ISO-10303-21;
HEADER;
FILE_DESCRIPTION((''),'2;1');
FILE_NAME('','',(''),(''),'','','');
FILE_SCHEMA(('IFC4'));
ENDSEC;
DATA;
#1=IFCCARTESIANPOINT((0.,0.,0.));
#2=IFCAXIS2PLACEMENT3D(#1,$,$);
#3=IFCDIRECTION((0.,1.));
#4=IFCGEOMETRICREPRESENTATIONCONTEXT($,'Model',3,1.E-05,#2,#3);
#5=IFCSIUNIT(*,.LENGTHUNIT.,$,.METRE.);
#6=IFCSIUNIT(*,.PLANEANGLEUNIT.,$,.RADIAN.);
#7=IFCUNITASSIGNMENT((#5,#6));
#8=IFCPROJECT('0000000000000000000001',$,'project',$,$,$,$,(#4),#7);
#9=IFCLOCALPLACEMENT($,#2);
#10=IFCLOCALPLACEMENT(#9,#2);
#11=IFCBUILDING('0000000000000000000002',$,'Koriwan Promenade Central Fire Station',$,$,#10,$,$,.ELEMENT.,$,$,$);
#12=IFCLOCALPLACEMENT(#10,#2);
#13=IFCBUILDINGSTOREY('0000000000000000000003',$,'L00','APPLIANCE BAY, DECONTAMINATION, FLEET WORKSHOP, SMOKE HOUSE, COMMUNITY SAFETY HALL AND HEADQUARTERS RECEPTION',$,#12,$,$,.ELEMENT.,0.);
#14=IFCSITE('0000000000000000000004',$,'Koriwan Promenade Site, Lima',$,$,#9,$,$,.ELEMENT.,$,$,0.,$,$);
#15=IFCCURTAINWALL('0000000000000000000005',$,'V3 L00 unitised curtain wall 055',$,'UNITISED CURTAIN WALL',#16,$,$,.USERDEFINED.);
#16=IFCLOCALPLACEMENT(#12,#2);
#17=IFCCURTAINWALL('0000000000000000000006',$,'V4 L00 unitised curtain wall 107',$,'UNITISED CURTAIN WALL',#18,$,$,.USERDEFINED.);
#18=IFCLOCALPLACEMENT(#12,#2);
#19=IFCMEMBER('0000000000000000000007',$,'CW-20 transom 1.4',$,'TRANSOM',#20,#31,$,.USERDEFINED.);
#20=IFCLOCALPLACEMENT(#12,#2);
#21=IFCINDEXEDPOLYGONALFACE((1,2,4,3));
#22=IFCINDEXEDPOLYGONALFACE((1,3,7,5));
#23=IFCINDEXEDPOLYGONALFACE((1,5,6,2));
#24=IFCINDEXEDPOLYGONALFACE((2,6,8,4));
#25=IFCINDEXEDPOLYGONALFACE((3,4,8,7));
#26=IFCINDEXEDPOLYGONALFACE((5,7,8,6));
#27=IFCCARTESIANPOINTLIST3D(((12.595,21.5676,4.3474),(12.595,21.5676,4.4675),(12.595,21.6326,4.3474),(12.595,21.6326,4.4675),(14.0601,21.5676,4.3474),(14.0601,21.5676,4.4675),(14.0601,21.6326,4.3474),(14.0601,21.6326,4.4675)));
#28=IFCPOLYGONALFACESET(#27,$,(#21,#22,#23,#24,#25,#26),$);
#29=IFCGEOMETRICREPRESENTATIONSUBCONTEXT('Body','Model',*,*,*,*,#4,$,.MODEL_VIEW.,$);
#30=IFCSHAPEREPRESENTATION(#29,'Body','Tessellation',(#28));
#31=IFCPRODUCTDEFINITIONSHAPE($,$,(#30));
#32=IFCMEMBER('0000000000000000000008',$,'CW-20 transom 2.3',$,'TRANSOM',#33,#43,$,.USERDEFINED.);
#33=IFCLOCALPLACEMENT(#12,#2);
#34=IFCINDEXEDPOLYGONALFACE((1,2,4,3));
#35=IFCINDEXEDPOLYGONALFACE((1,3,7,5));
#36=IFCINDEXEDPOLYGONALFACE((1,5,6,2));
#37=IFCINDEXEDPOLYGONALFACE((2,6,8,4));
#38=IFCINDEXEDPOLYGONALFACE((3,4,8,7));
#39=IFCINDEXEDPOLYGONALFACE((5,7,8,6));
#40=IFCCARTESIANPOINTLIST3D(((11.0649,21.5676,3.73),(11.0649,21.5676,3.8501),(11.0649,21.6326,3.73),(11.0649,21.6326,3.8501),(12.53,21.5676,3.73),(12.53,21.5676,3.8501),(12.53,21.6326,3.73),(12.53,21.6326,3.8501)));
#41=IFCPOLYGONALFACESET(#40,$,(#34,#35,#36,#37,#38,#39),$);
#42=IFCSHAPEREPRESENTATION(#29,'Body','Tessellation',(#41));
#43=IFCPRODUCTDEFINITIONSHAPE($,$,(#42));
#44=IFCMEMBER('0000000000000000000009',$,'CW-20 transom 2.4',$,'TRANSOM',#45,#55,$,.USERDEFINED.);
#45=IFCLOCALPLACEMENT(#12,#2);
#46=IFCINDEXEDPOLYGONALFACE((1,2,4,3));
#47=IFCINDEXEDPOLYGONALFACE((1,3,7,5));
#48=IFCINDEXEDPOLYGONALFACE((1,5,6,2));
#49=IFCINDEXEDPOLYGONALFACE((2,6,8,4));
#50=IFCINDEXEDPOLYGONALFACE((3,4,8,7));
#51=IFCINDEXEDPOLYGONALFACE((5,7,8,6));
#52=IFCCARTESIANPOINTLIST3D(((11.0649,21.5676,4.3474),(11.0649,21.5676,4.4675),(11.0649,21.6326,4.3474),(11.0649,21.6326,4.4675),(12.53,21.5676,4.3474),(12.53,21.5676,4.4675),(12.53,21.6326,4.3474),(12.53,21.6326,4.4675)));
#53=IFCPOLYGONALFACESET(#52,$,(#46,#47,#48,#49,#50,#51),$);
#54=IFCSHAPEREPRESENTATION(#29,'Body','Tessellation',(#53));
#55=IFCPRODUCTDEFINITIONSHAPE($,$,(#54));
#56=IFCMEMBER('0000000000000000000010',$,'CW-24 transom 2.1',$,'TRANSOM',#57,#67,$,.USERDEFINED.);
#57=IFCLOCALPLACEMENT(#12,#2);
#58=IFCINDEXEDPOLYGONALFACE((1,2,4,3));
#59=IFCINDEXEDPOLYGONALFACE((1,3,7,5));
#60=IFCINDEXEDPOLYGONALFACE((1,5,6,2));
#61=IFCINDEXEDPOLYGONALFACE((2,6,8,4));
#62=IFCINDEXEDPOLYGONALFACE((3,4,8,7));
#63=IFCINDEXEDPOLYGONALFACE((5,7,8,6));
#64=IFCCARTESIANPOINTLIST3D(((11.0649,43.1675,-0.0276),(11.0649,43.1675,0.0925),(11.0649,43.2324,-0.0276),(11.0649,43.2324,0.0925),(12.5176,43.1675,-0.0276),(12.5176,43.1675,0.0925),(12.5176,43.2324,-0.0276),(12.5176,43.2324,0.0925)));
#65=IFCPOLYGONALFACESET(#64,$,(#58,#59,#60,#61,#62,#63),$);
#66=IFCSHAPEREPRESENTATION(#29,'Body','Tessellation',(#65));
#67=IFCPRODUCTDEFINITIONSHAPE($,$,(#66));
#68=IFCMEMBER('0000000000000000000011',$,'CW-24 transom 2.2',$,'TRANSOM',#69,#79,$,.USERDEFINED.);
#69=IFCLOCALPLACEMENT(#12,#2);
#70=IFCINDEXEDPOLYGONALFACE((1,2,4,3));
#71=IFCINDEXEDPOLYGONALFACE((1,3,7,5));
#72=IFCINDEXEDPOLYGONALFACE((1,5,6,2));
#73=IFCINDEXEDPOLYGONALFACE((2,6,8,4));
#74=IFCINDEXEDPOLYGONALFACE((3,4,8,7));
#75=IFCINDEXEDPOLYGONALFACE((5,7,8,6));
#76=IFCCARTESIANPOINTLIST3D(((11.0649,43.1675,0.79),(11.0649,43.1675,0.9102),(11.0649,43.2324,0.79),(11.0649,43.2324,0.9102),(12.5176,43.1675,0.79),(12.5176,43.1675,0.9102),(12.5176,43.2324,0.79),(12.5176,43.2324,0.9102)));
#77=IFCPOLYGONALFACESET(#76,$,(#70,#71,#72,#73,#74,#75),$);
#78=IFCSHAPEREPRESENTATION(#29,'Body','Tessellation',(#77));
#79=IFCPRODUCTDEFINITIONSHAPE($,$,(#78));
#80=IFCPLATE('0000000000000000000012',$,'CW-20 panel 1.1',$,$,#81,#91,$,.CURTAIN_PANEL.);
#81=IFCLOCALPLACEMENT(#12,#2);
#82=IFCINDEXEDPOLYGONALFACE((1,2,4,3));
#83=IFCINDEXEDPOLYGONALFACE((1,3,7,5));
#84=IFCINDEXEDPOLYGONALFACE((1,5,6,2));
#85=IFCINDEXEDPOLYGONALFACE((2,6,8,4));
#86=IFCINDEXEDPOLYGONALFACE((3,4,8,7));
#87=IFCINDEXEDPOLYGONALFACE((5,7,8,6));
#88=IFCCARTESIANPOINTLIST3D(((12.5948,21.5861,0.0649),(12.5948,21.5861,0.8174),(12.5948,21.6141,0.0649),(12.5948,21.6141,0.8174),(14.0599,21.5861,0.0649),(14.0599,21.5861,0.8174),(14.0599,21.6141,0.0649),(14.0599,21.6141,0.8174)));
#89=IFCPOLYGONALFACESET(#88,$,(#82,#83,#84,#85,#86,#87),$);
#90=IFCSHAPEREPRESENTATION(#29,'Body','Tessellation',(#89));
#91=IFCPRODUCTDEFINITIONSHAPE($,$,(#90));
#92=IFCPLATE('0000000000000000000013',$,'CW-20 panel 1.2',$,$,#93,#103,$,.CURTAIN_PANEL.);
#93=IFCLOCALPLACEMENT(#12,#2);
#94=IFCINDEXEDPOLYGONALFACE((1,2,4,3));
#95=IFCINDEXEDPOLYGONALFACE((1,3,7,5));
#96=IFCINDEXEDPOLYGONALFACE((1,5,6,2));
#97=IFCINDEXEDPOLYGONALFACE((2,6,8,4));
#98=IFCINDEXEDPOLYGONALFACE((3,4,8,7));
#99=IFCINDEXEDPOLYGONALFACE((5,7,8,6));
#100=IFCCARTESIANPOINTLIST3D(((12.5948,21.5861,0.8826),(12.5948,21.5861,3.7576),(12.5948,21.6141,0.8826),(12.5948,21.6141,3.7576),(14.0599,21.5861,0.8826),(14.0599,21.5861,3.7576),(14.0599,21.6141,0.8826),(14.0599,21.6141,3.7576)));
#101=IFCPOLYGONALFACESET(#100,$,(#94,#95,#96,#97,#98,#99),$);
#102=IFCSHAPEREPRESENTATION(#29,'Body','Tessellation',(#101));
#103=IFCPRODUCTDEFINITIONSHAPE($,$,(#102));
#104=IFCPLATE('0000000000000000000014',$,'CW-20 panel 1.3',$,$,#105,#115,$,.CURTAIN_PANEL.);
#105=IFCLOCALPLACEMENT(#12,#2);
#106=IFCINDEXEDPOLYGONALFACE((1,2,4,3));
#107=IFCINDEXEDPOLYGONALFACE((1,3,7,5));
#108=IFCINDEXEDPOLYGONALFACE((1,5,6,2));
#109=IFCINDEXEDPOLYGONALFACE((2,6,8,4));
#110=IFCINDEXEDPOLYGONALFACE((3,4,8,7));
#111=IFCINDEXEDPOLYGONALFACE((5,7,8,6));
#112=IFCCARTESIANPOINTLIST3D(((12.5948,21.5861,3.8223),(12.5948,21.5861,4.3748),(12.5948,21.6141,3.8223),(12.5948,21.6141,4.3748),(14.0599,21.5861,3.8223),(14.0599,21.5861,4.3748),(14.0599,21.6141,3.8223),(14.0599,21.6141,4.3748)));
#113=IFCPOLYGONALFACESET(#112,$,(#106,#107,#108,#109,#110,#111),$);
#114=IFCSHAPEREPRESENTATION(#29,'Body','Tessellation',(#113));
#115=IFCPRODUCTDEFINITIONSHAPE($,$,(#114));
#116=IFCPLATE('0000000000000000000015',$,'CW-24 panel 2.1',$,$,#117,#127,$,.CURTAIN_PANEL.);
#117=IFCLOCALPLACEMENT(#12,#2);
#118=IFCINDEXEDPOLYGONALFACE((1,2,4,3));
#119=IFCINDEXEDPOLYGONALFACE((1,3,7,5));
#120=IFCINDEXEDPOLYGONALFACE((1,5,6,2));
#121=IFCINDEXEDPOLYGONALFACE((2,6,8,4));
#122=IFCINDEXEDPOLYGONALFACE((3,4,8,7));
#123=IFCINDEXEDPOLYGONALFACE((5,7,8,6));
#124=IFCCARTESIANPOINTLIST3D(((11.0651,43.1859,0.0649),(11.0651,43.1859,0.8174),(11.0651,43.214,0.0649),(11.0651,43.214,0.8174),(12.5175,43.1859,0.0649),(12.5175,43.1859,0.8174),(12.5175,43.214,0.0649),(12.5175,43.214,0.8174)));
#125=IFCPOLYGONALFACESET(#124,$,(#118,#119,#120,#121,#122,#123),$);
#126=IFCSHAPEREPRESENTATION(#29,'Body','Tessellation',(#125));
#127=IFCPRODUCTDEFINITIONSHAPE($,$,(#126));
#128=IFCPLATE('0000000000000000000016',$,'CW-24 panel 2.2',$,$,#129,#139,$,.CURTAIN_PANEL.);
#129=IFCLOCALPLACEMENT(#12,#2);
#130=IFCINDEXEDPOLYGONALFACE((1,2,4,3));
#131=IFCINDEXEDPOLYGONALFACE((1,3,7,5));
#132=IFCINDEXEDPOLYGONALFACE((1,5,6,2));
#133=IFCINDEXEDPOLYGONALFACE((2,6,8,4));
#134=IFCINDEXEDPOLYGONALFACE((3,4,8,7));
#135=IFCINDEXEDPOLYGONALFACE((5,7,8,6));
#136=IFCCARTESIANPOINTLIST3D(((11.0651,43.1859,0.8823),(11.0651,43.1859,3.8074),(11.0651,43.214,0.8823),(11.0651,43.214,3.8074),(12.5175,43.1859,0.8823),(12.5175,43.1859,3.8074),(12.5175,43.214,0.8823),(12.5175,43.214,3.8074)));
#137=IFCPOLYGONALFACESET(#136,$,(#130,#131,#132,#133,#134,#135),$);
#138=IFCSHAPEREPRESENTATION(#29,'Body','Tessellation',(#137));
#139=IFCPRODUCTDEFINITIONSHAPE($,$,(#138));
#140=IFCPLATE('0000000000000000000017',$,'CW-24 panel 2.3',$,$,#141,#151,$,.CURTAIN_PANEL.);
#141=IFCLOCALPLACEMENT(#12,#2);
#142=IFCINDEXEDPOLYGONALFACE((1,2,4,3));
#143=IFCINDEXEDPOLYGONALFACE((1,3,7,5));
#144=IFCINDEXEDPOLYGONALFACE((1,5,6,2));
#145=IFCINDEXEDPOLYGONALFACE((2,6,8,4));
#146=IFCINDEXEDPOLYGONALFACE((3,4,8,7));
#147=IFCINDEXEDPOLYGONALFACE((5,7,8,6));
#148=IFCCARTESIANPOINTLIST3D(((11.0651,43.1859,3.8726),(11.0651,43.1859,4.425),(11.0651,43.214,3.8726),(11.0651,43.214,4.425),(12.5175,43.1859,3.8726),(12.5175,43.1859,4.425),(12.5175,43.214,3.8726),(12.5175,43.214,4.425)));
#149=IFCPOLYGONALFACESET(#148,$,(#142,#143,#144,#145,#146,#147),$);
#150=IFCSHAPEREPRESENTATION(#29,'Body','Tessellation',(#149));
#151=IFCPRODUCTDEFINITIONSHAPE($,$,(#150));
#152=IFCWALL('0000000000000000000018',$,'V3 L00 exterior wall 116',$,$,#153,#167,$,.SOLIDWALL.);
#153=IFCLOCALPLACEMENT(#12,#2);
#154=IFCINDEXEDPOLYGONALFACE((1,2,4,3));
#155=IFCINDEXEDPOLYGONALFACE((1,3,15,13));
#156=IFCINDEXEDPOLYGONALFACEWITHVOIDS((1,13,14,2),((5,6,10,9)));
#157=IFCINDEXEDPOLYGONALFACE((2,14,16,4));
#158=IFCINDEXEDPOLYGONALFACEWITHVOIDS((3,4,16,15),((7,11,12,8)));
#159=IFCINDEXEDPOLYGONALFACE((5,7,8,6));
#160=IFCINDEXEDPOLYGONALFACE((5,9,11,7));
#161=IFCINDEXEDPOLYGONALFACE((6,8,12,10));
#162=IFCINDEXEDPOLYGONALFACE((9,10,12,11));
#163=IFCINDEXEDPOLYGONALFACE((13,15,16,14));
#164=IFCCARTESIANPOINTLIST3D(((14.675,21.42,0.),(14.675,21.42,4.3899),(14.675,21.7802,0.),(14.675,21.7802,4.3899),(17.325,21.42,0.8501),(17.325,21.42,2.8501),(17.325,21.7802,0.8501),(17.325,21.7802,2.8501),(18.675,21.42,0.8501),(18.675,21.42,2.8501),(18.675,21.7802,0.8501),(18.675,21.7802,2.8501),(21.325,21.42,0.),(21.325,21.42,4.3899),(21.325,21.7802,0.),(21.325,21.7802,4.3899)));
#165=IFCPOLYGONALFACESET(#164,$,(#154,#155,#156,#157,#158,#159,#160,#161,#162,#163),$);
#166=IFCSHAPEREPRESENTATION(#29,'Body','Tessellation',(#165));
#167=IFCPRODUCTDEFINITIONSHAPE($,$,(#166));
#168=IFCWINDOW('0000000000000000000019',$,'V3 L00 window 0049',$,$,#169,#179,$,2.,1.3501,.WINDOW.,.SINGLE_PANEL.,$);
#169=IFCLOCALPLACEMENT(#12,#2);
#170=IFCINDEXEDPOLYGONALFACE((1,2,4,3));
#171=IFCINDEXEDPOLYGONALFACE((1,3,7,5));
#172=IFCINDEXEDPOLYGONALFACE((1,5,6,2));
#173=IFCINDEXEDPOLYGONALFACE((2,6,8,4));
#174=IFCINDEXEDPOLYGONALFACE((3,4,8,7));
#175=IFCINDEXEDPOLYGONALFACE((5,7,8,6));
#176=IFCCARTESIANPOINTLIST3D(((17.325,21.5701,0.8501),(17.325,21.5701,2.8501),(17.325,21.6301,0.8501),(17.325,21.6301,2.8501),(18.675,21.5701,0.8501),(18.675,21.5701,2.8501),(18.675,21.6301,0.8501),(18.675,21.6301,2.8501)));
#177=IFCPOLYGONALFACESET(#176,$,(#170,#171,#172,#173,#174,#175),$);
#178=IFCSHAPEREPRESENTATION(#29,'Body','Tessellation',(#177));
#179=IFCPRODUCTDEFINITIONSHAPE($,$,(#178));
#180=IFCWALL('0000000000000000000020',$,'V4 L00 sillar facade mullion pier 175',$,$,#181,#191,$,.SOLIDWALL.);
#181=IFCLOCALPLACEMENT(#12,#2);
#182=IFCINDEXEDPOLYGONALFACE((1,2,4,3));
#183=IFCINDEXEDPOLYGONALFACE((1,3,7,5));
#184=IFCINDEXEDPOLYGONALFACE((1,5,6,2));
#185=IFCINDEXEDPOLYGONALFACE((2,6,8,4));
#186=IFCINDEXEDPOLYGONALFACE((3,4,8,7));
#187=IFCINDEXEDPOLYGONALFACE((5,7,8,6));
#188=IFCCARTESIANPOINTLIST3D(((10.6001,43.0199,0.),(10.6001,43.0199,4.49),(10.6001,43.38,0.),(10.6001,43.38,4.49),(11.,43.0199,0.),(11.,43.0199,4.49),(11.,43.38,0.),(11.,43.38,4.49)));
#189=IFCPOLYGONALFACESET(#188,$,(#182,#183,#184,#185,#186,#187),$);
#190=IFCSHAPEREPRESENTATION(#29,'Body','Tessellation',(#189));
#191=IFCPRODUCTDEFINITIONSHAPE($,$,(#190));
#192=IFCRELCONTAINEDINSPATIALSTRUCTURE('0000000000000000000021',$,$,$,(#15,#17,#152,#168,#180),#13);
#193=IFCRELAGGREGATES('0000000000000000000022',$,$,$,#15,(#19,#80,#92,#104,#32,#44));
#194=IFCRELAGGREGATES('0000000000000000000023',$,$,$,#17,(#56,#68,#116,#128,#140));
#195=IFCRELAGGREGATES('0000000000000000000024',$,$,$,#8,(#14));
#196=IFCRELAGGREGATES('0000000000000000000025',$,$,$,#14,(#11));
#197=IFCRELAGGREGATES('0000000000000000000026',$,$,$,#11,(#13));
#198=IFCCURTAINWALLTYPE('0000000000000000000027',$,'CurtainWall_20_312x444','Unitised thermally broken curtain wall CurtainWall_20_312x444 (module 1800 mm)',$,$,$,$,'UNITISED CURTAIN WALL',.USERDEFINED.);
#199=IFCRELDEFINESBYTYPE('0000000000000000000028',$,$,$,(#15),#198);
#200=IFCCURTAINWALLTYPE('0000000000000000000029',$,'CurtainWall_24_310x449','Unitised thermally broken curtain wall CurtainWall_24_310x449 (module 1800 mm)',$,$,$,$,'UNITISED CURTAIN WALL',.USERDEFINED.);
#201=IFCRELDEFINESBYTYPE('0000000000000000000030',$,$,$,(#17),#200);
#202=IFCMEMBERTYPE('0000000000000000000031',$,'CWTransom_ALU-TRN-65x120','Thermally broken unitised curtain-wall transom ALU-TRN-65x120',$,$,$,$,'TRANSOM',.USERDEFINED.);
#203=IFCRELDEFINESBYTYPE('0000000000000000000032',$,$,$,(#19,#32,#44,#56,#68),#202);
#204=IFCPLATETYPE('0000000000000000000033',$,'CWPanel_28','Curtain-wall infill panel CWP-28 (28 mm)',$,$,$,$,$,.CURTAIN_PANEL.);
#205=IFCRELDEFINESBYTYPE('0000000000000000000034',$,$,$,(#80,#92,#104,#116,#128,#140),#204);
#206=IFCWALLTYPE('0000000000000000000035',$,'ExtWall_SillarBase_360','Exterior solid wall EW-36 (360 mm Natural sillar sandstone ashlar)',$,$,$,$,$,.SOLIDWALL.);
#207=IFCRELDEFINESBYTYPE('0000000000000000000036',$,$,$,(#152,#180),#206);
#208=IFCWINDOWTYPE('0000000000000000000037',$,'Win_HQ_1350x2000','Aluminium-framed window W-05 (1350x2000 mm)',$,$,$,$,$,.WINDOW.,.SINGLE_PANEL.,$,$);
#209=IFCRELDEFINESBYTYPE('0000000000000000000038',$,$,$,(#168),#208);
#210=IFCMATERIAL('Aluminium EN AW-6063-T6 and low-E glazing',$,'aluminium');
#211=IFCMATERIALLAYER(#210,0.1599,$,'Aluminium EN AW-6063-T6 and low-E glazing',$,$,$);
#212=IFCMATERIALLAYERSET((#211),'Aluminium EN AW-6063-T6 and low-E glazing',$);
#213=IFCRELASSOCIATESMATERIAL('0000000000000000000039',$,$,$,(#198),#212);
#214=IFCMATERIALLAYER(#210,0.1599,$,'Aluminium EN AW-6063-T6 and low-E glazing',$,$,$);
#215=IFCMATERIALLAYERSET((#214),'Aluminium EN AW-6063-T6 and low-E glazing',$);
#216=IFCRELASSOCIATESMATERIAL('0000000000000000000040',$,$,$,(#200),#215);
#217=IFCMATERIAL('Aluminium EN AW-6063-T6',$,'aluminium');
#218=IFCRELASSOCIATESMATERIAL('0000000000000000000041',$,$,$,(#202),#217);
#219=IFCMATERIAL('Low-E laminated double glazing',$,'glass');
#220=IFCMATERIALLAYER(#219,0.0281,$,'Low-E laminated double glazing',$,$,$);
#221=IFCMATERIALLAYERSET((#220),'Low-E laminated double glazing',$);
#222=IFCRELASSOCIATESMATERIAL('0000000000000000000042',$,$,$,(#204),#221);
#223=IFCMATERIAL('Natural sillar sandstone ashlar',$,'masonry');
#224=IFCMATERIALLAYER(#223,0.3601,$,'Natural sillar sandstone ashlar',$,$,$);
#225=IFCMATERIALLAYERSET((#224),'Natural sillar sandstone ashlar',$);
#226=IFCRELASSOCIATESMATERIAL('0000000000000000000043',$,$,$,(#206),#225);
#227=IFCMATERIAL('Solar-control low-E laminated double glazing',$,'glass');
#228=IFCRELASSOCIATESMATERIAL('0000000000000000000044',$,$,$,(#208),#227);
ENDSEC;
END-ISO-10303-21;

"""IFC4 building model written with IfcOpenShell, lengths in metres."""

from ifc_helpers import new_model, si_unit, direction, frame, frame_2d, origin, origin_2d, place, context, subcontext, project, spatial, rectangle, extrude, material, layer, layer_set, material_profile, profile_set, type_object, element, fill, aggregate, save


model = new_model("IFC4")

# Units and contexts
model_context = context("Model", 3, precision=1e-05, world=origin(), true_north=direction((0.0, 1.0)))
body_context = subcontext(model_context, "Body", "Model", "MODEL_VIEW")
ifc_project = project(units=[si_unit("LENGTHUNIT", "METRE"), si_unit("PLANEANGLEUNIT", "RADIAN")], contexts=[model_context])

# Site, building, storey
site_placement = place(None, origin())
site = spatial("IfcSite", under=ifc_project, at=site_placement, Name="Koriwan Promenade Site, Lima", CompositionType="ELEMENT", RefElevation=0.0)
building_placement = place(site_placement, origin())
building = spatial("IfcBuilding", under=site, at=building_placement, Name="Koriwan Promenade Central Fire Station", CompositionType="ELEMENT")
storey_placement = place(building_placement, origin())
storey = spatial("IfcBuildingStorey", under=building, at=storey_placement, Name="L00", Description="APPLIANCE BAY, DECONTAMINATION, FLEET WORKSHOP, SMOKE HOUSE, COMMUNITY SAFETY HALL AND HEADQUARTERS RECEPTION", CompositionType="ELEMENT", Elevation=0.0)

# Curtain wall
ifc_material_1 = material(Name="Aluminium EN AW-6063-T6 and low-E glazing", Category="aluminium")
ifc_layer_1 = layer(ifc_material_1, 0.1599, Name="Aluminium EN AW-6063-T6 and low-E glazing")
ifc_layer_set_1 = layer_set([ifc_layer_1], Name="Aluminium EN AW-6063-T6 and low-E glazing")
curtain_wall_type_1 = type_object("IfcCurtainWallType", Name="CurtainWall_20_312x444", Description="Unitised thermally broken curtain wall CurtainWall_20_312x444 (module 1800 mm)", ElementType="UNITISED CURTAIN WALL", PredefinedType="USERDEFINED", material=ifc_layer_set_1)
curtain_wall_1_placement = place(storey_placement, origin())
curtain_wall_1 = element("IfcCurtainWall", 1, at=curtain_wall_1_placement, inside=storey, type_object=curtain_wall_type_1, Name="V3 L00 unitised curtain wall 055", ObjectType="UNITISED CURTAIN WALL", PredefinedType="USERDEFINED")
ifc_material_2 = material(Name="Aluminium EN AW-6063-T6", Category="aluminium")

# Curtain wall
ifc_layer_2 = layer(ifc_material_1, 0.1599, Name="Aluminium EN AW-6063-T6 and low-E glazing")
ifc_layer_set_2 = layer_set([ifc_layer_2], Name="Aluminium EN AW-6063-T6 and low-E glazing")
curtain_wall_type_2 = type_object("IfcCurtainWallType", Name="CurtainWall_24_310x449", Description="Unitised thermally broken curtain wall CurtainWall_24_310x449 (module 1800 mm)", ElementType="UNITISED CURTAIN WALL", PredefinedType="USERDEFINED", material=ifc_layer_set_2)
curtain_wall_2_placement = place(storey_placement, origin())
curtain_wall_2 = element("IfcCurtainWall", 2, at=curtain_wall_2_placement, inside=storey, type_object=curtain_wall_type_2, Name="V4 L00 unitised curtain wall 107", ObjectType="UNITISED CURTAIN WALL", PredefinedType="USERDEFINED")

# Members
ifc_material_profile_1 = material_profile(ifc_material_2, rectangle(XDim=0.0649, YDim=0.1201, at=origin_2d()), Name="ALU-TRN-65x120")
ifc_profile_set_1 = profile_set([ifc_material_profile_1], Name="Aluminium EN AW-6063-T6")
member_type_1 = type_object("IfcMemberType", Name="CWTransom_ALU-TRN-65x120", Description="Thermally broken unitised curtain-wall transom ALU-TRN-65x120", ElementType="TRANSOM", PredefinedType="USERDEFINED", material=ifc_profile_set_1)
member_1_placement = place(storey_placement, frame((14.0601, 21.6001, 4.4075), z_axis=(-1.0, 0.0, 0.0), x_axis=(0.0, -1.0, 0.0)))
member_1 = element("IfcMember", 3, at=member_1_placement, type_object=member_type_1, Name="CW-20 transom 1.4", ObjectType="TRANSOM", PredefinedType="USERDEFINED", context=body_context, shape_type="SweptSolid", body=[
    extrude(rectangle(XDim=0.0649, YDim=0.1201, at=origin_2d()), origin(), (0.0, 0.0, 1.0), 1.4651),
])
member_2_placement = place(storey_placement, frame((12.53, 21.6001, 3.79), z_axis=(-1.0, 0.0, 0.0), x_axis=(0.0, -1.0, 0.0)))
member_2 = element("IfcMember", 4, at=member_2_placement, type_object=member_type_1, Name="CW-20 transom 2.3", ObjectType="TRANSOM", PredefinedType="USERDEFINED", context=body_context, shape_type="SweptSolid", body=[
    extrude(rectangle(XDim=0.0649, YDim=0.1201, at=origin_2d()), origin(), (0.0, 0.0, 1.0), 1.4651),
])
member_3_placement = place(storey_placement, frame((12.53, 21.6001, 4.4075), z_axis=(-1.0, 0.0, 0.0), x_axis=(0.0, -1.0, 0.0)))
member_3 = element("IfcMember", 5, at=member_3_placement, type_object=member_type_1, Name="CW-20 transom 2.4", ObjectType="TRANSOM", PredefinedType="USERDEFINED", context=body_context, shape_type="SweptSolid", body=[
    extrude(rectangle(XDim=0.0649, YDim=0.1201, at=origin_2d()), origin(), (0.0, 0.0, 1.0), 1.4651),
])
member_4_placement = place(storey_placement, frame((12.5176, 43.2, 0.0325), z_axis=(-1.0, 0.0, 0.0), x_axis=(0.0, -1.0, 0.0)))
member_4 = element("IfcMember", 6, at=member_4_placement, type_object=member_type_1, Name="CW-24 transom 2.1", ObjectType="TRANSOM", PredefinedType="USERDEFINED", context=body_context, shape_type="SweptSolid", body=[
    extrude(rectangle(XDim=0.0649, YDim=0.1201, at=origin_2d()), origin(), (0.0, 0.0, 1.0), 1.4526),
])
member_5_placement = place(storey_placement, frame((12.5176, 43.2, 0.8501), z_axis=(-1.0, 0.0, 0.0), x_axis=(0.0, -1.0, 0.0)))
member_5 = element("IfcMember", 7, at=member_5_placement, type_object=member_type_1, Name="CW-24 transom 2.2", ObjectType="TRANSOM", PredefinedType="USERDEFINED", context=body_context, shape_type="SweptSolid", body=[
    extrude(rectangle(XDim=0.0649, YDim=0.1201, at=origin_2d()), origin(), (0.0, 0.0, 1.0), 1.4526),
])

# Plates
ifc_material_3 = material(Name="Low-E laminated double glazing", Category="glass")
ifc_layer_3 = layer(ifc_material_3, 0.0281, Name="Low-E laminated double glazing")
ifc_layer_set_3 = layer_set([ifc_layer_3], Name="Low-E laminated double glazing")
plate_type = type_object("IfcPlateType", Name="CWPanel_28", Description="Curtain-wall infill panel CWP-28 (28 mm)", PredefinedType="CURTAIN_PANEL", material=ifc_layer_set_3)
plate_1_placement = place(storey_placement, frame((13.3274, 21.6001, 0.0649), z_axis=(0.0, 0.0, 1.0), x_axis=(-1.0, 0.0, 0.0)))
plate_1 = element("IfcPlate", 8, at=plate_1_placement, type_object=plate_type, Name="CW-20 panel 1.1", PredefinedType="CURTAIN_PANEL", context=body_context, shape_type="SweptSolid", body=[
    extrude(rectangle(XDim=1.4651, YDim=0.0281, at=origin_2d()), origin(), (0.0, 0.0, 1.0), 0.7524),
])
plate_2_placement = place(storey_placement, frame((13.3274, 21.6001, 0.8826), z_axis=(0.0, 0.0, 1.0), x_axis=(-1.0, 0.0, 0.0)))
plate_2 = element("IfcPlate", 9, at=plate_2_placement, type_object=plate_type, Name="CW-20 panel 1.2", PredefinedType="CURTAIN_PANEL", context=body_context, shape_type="SweptSolid", body=[
    extrude(rectangle(XDim=1.4651, YDim=0.0281, at=origin_2d()), origin(), (0.0, 0.0, 1.0), 2.875),
])
plate_3_placement = place(storey_placement, frame((13.3274, 21.6001, 3.8223), z_axis=(0.0, 0.0, 1.0), x_axis=(-1.0, 0.0, 0.0)))
plate_3 = element("IfcPlate", 10, at=plate_3_placement, type_object=plate_type, Name="CW-20 panel 1.3", PredefinedType="CURTAIN_PANEL", context=body_context, shape_type="SweptSolid", body=[
    extrude(rectangle(XDim=1.4651, YDim=0.0281, at=origin_2d()), origin(), (0.0, 0.0, 1.0), 0.5525),
])
aggregate(curtain_wall_1, [member_1, plate_1, plate_2, plate_3, member_2, member_3])
plate_4_placement = place(storey_placement, frame((11.7913, 43.2, 0.0649), z_axis=(0.0, 0.0, 1.0), x_axis=(-1.0, 0.0, 0.0)))
plate_4 = element("IfcPlate", 11, at=plate_4_placement, type_object=plate_type, Name="CW-24 panel 2.1", PredefinedType="CURTAIN_PANEL", context=body_context, shape_type="SweptSolid", body=[
    extrude(rectangle(XDim=1.4524, YDim=0.0281, at=origin_2d()), origin(), (0.0, 0.0, 1.0), 0.7524),
])
plate_5_placement = place(storey_placement, frame((11.7913, 43.2, 0.8823), z_axis=(0.0, 0.0, 1.0), x_axis=(-1.0, 0.0, 0.0)))
plate_5 = element("IfcPlate", 12, at=plate_5_placement, type_object=plate_type, Name="CW-24 panel 2.2", PredefinedType="CURTAIN_PANEL", context=body_context, shape_type="SweptSolid", body=[
    extrude(rectangle(XDim=1.4524, YDim=0.0281, at=origin_2d()), origin(), (0.0, 0.0, 1.0), 2.925),
])
plate_6_placement = place(storey_placement, frame((11.7913, 43.2, 3.8726), z_axis=(0.0, 0.0, 1.0), x_axis=(-1.0, 0.0, 0.0)))
plate_6 = element("IfcPlate", 13, at=plate_6_placement, type_object=plate_type, Name="CW-24 panel 2.3", PredefinedType="CURTAIN_PANEL", context=body_context, shape_type="SweptSolid", body=[
    extrude(rectangle(XDim=1.4524, YDim=0.0281, at=origin_2d()), origin(), (0.0, 0.0, 1.0), 0.5525),
])
aggregate(curtain_wall_2, [member_4, member_5, plate_4, plate_5, plate_6])

# Wall, opening, window
ifc_material_4 = material(Name="Natural sillar sandstone ashlar", Category="masonry")
ifc_layer_4 = layer(ifc_material_4, 0.3601, Name="Natural sillar sandstone ashlar")
ifc_layer_set_4 = layer_set([ifc_layer_4], Name="Natural sillar sandstone ashlar")
wall_type = type_object("IfcWallType", Name="ExtWall_SillarBase_360", Description="Exterior solid wall EW-36 (360 mm Natural sillar sandstone ashlar)", PredefinedType="SOLIDWALL", material=ifc_layer_set_4)
wall_1_placement = place(storey_placement, frame((21.325, 21.6001, 0.0), z_axis=(0.0, 0.0, 1.0), x_axis=(-1.0, 0.0, 0.0)))
wall_1 = element("IfcWall", 14, at=wall_1_placement, inside=storey, type_object=wall_type, Name="V3 L00 exterior wall 116", PredefinedType="SOLIDWALL", context=body_context, shape_type="SweptSolid", body=[
    extrude(rectangle(XDim=6.6499, YDim=0.3601, at=frame_2d((3.325, 0.0))), origin(), (0.0, 0.0, 1.0), 4.3899),
])
opening_placement = place(wall_1_placement, frame((2.6499, 0.0, 0.8501)))
opening = element("IfcOpeningElement", 15, at=opening_placement, cuts=wall_1, PredefinedType="OPENING", context=body_context, shape_type="SweptSolid", body=[
    extrude(rectangle(XDim=1.3501, YDim=2.0, at=frame_2d((0.675, 1.0))), frame((0.0, 0.1919, 0.0), z_axis=(0.0, -1.0, 0.0), x_axis=(1.0, 0.0, 0.0)), (0.0, 0.0, 1.0), 0.384),
])
ifc_material_5 = material(Name="Solar-control low-E laminated double glazing", Category="glass")
window_type = type_object("IfcWindowType", Name="Win_HQ_1350x2000", Description="Aluminium-framed window W-05 (1350x2000 mm)", PartitioningType="SINGLE_PANEL", PredefinedType="WINDOW", material=ifc_material_5)
window_placement = place(opening_placement, origin())
window = element("IfcWindow", 16, at=window_placement, inside=storey, type_object=window_type, Name="V3 L00 window 0049", OverallHeight=2.0, OverallWidth=1.3501, PartitioningType="SINGLE_PANEL", PredefinedType="WINDOW", context=body_context, shape_type="SweptSolid", body=[
    extrude(rectangle(XDim=1.3501, YDim=2.0, at=frame_2d((0.675, 1.0))), frame((0.0, 0.03, 0.0), z_axis=(0.0, -1.0, 0.0), x_axis=(1.0, 0.0, 0.0)), (0.0, 0.0, 1.0), 0.0601),
])
fill(opening, window)

# Wall
wall_2_placement = place(storey_placement, frame((11.0, 43.2, 0.0), z_axis=(0.0, 0.0, 1.0), x_axis=(-1.0, 0.0, 0.0)))
element("IfcWall", 17, at=wall_2_placement, inside=storey, type_object=wall_type, Name="V4 L00 sillar facade mullion pier 175", PredefinedType="SOLIDWALL", context=body_context, shape_type="SweptSolid", body=[
    extrude(rectangle(XDim=0.3999, YDim=0.3601, at=frame_2d((0.2, 0.0))), origin(), (0.0, 0.0, 1.0), 4.49),
])

save(model, "model.ifc")
